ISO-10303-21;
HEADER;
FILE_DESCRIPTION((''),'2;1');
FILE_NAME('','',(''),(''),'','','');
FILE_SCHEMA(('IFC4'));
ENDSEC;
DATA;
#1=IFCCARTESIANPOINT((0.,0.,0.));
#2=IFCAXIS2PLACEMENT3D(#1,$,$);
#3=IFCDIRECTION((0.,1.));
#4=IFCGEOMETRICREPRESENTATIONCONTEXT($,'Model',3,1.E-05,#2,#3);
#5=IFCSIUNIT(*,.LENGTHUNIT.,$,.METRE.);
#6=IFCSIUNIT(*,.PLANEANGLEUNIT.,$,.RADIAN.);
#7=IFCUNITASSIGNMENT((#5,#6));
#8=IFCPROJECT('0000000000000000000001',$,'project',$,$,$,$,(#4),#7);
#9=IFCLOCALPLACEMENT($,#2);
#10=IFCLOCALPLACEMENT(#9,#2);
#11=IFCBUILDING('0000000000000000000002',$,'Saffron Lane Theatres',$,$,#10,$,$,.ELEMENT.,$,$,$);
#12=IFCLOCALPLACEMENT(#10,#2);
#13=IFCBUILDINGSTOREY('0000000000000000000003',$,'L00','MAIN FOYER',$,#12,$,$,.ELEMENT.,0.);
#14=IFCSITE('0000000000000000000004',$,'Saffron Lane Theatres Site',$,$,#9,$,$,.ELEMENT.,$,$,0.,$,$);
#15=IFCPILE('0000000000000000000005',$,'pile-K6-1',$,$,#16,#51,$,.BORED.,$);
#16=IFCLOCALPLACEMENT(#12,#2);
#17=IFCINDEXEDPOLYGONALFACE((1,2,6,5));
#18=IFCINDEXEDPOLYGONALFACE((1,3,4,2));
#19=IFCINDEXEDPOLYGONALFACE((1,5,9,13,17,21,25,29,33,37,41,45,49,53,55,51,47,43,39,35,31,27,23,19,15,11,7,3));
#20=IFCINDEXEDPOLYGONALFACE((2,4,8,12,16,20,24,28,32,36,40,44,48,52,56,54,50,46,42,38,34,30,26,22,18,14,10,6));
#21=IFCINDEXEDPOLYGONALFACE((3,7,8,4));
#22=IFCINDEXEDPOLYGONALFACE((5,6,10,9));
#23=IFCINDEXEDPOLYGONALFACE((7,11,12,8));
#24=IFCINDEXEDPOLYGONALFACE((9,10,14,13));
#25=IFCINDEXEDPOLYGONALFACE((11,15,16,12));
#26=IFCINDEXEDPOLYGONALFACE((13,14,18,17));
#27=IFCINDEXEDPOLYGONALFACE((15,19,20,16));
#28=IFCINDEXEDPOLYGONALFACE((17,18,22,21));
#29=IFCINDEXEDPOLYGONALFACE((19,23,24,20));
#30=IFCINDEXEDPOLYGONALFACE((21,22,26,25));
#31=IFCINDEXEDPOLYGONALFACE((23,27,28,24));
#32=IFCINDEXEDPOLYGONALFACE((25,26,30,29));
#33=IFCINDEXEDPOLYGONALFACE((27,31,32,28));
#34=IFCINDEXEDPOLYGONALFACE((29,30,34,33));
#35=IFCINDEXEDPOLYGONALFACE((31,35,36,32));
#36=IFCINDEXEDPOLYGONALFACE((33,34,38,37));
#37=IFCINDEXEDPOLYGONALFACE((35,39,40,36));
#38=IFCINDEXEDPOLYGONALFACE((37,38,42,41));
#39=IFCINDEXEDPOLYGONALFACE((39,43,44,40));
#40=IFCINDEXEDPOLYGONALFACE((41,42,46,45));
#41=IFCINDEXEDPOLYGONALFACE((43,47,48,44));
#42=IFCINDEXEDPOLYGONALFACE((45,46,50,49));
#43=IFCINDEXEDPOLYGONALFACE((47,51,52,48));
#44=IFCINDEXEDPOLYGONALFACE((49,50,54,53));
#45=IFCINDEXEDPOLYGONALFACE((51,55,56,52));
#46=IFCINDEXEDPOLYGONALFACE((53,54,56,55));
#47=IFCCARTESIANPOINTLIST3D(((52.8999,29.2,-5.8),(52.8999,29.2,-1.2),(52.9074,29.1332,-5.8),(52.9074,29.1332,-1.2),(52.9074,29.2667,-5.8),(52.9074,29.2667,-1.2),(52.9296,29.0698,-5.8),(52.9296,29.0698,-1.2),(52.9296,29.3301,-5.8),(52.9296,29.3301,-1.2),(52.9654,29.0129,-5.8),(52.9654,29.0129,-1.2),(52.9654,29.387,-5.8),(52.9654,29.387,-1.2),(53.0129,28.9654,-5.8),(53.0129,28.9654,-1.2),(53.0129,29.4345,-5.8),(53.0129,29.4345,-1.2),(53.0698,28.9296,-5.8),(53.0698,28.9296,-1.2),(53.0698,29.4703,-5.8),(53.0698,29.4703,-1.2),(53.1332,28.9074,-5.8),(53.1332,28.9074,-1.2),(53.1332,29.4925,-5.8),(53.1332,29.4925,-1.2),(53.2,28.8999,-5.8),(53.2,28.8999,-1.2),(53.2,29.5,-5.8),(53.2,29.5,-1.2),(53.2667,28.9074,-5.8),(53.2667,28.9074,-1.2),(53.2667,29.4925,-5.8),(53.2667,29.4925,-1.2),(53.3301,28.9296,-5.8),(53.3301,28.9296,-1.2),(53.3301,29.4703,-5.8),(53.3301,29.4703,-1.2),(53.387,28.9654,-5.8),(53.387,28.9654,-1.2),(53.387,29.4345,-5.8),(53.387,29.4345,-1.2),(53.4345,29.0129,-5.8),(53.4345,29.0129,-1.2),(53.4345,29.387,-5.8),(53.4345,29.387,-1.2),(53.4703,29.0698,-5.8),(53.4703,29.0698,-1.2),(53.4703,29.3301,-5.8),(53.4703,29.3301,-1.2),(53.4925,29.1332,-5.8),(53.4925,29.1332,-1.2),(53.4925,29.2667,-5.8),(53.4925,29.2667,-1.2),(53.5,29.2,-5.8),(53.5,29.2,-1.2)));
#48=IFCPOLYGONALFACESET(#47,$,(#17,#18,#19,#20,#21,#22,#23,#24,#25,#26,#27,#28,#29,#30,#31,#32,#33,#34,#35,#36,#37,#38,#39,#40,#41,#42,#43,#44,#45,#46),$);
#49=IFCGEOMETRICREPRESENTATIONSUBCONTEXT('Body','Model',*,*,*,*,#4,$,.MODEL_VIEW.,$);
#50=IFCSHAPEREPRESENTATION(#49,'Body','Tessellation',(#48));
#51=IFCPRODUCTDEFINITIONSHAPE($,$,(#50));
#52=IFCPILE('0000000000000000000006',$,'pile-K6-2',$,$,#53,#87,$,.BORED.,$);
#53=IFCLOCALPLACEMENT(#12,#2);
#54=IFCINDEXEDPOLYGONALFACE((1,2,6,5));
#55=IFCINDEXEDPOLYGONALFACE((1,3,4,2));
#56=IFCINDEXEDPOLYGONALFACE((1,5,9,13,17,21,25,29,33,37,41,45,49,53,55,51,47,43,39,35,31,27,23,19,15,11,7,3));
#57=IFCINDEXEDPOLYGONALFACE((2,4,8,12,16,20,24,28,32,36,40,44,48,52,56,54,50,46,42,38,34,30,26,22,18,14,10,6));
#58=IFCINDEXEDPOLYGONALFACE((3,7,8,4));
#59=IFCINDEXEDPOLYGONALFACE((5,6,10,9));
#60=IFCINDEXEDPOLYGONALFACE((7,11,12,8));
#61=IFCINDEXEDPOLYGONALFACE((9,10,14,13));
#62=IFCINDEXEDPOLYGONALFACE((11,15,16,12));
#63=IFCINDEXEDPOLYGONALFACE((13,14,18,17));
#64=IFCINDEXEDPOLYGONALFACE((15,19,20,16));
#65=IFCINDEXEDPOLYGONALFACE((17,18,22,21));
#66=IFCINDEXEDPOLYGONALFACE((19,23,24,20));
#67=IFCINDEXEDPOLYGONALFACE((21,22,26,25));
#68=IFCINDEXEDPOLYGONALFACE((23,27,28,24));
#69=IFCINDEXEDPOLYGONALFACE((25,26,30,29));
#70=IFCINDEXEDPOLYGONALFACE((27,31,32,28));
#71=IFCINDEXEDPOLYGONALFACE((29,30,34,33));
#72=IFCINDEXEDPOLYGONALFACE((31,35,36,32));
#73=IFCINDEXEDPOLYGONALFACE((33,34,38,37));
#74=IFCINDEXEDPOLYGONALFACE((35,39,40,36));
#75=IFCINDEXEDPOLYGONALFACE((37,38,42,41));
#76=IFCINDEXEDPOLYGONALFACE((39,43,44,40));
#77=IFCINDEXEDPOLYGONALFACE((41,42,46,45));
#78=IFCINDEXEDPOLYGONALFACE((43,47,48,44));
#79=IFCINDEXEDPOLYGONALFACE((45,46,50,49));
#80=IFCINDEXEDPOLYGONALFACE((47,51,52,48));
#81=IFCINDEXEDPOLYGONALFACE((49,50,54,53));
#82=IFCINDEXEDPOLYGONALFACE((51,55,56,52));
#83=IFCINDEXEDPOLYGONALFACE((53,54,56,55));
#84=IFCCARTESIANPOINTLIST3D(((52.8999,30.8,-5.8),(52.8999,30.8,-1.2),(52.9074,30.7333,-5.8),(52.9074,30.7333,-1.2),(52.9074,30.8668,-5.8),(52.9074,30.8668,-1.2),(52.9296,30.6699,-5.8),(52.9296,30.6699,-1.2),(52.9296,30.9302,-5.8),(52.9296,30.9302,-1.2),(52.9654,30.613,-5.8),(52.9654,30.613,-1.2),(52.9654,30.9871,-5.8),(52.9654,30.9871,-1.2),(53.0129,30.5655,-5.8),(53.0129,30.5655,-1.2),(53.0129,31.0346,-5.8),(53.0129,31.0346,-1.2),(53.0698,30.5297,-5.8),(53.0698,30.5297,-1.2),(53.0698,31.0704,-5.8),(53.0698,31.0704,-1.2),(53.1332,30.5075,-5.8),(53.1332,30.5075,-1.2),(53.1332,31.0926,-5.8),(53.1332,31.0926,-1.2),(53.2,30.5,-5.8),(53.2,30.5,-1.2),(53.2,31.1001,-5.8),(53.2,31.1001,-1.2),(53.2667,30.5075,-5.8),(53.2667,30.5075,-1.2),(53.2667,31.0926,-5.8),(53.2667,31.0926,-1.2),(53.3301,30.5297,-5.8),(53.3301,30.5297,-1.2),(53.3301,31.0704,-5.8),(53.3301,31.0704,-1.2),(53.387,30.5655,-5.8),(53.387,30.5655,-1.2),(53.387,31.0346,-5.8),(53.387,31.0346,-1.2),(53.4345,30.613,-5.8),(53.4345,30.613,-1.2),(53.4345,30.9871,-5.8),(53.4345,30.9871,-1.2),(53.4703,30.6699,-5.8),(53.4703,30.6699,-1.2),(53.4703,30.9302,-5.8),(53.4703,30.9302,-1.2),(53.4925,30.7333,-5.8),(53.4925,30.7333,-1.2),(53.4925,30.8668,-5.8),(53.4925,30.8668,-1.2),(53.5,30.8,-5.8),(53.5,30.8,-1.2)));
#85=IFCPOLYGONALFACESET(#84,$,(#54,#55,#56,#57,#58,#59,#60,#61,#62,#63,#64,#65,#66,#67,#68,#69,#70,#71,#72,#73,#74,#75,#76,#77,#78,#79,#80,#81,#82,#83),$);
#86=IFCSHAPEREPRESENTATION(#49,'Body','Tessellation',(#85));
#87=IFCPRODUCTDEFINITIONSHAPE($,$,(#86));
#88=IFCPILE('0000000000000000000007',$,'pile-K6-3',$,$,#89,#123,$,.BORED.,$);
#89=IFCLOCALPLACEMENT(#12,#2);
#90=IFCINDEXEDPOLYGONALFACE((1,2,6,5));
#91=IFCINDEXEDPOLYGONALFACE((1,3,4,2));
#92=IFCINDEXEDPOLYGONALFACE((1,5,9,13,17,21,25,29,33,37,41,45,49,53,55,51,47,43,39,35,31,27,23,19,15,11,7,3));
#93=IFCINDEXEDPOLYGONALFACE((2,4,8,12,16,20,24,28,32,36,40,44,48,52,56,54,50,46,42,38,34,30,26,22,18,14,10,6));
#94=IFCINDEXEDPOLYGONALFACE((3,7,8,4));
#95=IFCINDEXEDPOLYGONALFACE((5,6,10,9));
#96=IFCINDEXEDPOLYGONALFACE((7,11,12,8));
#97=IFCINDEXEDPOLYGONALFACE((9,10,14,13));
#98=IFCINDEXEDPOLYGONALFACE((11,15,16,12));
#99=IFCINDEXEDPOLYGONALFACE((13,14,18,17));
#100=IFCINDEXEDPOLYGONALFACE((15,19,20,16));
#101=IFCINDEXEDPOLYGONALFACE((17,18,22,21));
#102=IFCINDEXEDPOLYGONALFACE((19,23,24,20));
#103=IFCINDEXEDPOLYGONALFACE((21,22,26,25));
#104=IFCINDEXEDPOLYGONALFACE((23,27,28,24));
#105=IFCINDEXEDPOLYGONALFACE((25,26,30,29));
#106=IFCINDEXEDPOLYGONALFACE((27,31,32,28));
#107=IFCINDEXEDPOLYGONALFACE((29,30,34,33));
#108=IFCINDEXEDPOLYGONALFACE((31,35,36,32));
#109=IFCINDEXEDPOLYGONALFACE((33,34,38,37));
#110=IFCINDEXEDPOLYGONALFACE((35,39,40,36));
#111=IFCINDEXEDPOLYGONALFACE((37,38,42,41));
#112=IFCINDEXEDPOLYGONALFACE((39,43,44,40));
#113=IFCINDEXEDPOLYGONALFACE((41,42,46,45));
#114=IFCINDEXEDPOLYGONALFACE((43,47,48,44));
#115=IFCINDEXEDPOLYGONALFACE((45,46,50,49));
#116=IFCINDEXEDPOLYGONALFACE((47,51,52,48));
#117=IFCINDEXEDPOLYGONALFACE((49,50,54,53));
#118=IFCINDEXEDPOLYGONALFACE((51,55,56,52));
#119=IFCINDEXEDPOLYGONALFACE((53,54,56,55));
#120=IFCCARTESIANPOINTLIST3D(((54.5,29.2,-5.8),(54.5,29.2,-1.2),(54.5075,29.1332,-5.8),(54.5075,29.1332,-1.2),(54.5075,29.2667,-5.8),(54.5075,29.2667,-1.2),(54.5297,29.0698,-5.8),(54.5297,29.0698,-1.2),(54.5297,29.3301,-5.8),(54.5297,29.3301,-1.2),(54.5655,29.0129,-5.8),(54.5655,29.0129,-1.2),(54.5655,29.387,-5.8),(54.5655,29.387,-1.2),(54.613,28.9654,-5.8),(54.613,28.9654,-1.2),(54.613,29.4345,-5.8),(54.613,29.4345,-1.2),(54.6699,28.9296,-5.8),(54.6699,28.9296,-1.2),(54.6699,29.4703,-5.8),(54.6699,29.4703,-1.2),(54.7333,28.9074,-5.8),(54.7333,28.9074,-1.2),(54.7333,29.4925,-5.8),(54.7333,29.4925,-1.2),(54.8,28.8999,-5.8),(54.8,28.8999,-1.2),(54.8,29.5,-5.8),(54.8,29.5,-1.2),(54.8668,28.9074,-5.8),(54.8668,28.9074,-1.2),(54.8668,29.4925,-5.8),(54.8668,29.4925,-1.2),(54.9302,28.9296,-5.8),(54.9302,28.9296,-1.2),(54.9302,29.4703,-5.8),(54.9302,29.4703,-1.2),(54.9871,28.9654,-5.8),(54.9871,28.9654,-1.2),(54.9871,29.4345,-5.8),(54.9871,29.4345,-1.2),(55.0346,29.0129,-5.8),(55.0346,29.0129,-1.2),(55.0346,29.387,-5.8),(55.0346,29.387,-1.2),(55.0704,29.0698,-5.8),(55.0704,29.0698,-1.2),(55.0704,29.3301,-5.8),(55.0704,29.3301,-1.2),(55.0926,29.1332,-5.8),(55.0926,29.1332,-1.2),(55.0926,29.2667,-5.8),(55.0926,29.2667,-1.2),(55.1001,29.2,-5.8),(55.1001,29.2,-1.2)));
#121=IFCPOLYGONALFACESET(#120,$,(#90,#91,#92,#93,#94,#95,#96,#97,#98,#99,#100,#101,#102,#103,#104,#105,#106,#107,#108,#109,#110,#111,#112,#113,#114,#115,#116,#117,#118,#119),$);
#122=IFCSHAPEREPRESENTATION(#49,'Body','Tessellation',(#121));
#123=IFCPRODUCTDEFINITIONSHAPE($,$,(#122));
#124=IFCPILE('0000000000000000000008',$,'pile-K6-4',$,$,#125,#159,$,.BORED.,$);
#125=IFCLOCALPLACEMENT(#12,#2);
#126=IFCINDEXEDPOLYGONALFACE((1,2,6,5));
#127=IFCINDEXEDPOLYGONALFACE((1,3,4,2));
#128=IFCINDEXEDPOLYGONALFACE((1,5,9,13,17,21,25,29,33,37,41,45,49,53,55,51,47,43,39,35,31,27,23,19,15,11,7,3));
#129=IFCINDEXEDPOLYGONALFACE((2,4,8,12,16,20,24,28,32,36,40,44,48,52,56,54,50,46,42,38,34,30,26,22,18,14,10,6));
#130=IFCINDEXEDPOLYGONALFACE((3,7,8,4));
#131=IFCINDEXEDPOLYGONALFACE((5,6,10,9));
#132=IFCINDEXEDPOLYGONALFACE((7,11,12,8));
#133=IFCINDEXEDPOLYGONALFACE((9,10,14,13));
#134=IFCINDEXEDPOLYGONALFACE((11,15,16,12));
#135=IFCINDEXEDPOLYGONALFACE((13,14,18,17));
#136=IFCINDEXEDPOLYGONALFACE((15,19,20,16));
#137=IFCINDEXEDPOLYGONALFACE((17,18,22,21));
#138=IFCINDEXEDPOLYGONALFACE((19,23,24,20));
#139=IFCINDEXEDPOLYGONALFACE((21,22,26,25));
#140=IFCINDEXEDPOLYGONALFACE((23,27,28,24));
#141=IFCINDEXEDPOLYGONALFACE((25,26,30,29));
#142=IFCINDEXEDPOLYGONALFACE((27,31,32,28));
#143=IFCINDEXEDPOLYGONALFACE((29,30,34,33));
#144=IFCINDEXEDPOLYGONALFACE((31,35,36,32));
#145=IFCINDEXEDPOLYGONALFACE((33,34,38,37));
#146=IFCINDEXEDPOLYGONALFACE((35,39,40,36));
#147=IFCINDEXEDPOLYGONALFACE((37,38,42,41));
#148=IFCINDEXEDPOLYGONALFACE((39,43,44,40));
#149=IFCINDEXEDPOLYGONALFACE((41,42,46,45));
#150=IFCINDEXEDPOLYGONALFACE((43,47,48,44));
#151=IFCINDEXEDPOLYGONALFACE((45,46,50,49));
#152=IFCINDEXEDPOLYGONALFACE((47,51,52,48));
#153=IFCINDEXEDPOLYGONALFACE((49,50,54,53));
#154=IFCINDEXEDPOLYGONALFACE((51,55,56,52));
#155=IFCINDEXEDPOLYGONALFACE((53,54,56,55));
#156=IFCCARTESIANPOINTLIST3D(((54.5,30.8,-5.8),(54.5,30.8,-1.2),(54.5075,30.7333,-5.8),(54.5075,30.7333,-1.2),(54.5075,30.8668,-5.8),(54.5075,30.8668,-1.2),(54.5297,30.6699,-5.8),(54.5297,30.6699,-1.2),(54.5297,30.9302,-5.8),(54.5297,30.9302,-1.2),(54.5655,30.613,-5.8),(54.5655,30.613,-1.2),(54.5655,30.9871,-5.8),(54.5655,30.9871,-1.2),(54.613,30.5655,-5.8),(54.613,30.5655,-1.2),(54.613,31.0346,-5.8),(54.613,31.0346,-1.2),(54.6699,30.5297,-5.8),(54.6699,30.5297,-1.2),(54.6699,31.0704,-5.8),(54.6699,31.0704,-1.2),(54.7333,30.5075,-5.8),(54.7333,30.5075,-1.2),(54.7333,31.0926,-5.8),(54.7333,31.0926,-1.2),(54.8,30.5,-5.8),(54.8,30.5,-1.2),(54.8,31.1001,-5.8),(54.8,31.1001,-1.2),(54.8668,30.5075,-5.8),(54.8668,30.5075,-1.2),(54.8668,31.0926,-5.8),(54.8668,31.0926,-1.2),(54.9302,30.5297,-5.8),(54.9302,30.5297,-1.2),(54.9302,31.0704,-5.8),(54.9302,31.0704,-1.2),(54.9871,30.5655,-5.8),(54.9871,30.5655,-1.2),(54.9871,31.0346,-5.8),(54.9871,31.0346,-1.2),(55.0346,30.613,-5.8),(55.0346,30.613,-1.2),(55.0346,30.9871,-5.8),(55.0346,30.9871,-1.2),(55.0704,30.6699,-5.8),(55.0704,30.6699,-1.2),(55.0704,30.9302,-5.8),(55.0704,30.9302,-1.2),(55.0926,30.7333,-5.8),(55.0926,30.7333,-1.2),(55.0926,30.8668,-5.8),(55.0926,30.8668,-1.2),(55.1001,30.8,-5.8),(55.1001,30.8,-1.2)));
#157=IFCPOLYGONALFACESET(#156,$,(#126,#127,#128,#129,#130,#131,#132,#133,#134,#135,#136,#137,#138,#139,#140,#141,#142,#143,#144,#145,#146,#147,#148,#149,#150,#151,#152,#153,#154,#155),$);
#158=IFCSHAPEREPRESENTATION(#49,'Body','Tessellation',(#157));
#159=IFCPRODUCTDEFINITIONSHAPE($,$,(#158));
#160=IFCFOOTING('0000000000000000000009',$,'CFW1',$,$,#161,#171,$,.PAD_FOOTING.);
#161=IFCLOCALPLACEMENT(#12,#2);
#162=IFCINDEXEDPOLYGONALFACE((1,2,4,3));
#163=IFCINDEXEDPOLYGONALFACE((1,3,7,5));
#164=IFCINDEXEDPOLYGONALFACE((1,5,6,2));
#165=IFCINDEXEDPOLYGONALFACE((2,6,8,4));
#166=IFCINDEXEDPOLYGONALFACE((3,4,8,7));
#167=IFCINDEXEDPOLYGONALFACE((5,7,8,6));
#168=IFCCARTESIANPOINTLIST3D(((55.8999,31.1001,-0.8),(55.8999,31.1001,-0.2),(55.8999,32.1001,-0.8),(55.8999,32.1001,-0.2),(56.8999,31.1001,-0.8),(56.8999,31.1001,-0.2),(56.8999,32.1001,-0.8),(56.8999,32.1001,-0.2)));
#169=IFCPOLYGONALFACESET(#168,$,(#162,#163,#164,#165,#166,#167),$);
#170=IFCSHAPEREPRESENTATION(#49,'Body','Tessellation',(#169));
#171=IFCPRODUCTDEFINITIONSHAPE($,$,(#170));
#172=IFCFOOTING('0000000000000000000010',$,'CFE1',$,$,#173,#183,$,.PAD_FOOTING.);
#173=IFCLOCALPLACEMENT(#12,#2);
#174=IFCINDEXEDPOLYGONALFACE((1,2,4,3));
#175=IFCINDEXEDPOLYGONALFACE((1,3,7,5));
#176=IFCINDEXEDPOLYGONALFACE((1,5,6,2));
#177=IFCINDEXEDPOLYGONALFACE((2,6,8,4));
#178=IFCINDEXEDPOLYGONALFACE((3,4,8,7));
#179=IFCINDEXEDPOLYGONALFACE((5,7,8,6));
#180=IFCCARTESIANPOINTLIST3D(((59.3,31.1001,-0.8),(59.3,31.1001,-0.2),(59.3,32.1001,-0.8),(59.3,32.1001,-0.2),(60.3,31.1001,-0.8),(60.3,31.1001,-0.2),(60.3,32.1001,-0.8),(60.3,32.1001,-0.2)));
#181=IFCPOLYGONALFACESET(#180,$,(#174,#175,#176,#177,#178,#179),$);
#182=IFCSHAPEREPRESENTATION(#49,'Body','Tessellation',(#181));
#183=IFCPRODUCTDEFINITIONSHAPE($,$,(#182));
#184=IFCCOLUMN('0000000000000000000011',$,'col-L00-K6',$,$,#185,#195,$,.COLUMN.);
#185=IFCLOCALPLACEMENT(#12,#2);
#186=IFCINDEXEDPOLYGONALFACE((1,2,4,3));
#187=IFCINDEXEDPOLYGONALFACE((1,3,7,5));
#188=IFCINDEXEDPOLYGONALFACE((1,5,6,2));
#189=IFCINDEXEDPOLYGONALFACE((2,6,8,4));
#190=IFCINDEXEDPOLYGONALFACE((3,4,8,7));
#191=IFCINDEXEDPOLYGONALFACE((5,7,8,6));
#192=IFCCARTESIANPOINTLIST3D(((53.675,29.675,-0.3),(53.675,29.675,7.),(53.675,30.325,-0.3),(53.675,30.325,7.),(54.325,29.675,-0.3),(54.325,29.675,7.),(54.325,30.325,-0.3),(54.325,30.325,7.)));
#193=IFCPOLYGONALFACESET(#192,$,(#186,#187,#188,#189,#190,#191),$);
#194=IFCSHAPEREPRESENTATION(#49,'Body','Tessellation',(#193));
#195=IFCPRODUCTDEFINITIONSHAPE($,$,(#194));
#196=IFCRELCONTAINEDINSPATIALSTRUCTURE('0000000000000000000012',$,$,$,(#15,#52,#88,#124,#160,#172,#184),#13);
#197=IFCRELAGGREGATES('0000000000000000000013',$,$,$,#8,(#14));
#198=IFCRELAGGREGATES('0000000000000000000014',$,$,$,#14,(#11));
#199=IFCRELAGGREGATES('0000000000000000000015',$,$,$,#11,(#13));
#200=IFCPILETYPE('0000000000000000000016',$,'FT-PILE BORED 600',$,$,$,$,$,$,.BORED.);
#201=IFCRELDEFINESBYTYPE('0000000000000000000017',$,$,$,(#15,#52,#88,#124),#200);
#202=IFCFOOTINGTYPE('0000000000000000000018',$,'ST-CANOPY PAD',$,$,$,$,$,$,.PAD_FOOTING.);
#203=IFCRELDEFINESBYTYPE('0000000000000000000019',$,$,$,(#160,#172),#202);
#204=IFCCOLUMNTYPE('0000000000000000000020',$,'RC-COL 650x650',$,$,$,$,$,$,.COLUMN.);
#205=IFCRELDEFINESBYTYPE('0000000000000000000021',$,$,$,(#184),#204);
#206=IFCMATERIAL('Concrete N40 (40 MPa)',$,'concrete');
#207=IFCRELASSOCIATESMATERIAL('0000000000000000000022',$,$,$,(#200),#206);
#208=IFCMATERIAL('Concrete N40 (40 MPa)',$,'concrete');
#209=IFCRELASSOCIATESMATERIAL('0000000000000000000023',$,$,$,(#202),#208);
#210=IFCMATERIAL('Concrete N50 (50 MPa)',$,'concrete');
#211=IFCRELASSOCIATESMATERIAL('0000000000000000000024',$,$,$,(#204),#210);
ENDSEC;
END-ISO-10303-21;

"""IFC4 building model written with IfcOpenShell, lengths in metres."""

from ifc_helpers import new_model, si_unit, direction, frame, origin, origin_2d, place, context, subcontext, project, spatial, rectangle, circle, extrude, material, material_profile, profile_set, type_object, element, save


model = new_model("IFC4")

# Units and contexts
model_context = context("Model", 3, precision=1e-05, world=origin(), true_north=direction((0.0, 1.0)))
body_context = subcontext(model_context, "Body", "Model", "MODEL_VIEW")
ifc_project = project(units=[si_unit("LENGTHUNIT", "METRE"), si_unit("PLANEANGLEUNIT", "RADIAN")], contexts=[model_context])

# Site, building, storey
site_placement = place(None, origin())
site = spatial("IfcSite", under=ifc_project, at=site_placement, Name="Saffron Lane Theatres Site", CompositionType="ELEMENT", RefElevation=0.0)
building_placement = place(site_placement, origin())
building = spatial("IfcBuilding", under=site, at=building_placement, Name="Saffron Lane Theatres", CompositionType="ELEMENT")
storey_placement = place(building_placement, origin())
storey = spatial("IfcBuildingStorey", under=building, at=storey_placement, Name="L00", Description="MAIN FOYER", CompositionType="ELEMENT", Elevation=0.0)

# Piles
ifc_material_1 = material(Name="Concrete N40 (40 MPa)", Category="concrete")
ifc_material_profile_1 = material_profile(ifc_material_1, circle(Radius=0.3, at=origin_2d()))
ifc_profile_set_1 = profile_set([ifc_material_profile_1], Name="Concrete N40 (40 MPa)")
pile_type = type_object("IfcPileType", Name="FT-PILE BORED 600", PredefinedType="BORED", material=ifc_profile_set_1)
for number, where, z_axis, x_axis, name in (
    (1, (53.2, 29.2, -1.2), (0.0, 0.0, -1.0), (1.0, 0.0, 0.0), "pile-K6-1"),
    (2, (53.2, 30.8, -1.2), (0.0, 0.0, -1.0), (1.0, 0.0, 0.0), "pile-K6-2"),
    (3, (54.8, 29.2, -1.2), (0.0, 0.0, -1.0), (1.0, 0.0, 0.0), "pile-K6-3"),
    (4, (54.8, 30.8, -1.2), (0.0, 0.0, -1.0), (1.0, 0.0, 0.0), "pile-K6-4"),
):
    element("IfcPile", number, at=place(storey_placement, frame(where, z_axis=z_axis, x_axis=x_axis)), inside=storey, type_object=pile_type, Name=name, PredefinedType="BORED", context=body_context, shape_type="SweptSolid", body=[
        extrude(circle(Radius=0.3, at=origin_2d()), origin(), (0.0, 0.0, 1.0), 4.6001),
    ])

# Footings
ifc_material_2 = material(Name="Concrete N40 (40 MPa)", Category="concrete")
footing_type = type_object("IfcFootingType", Name="ST-CANOPY PAD", PredefinedType="PAD_FOOTING", material=ifc_material_2)
for number, where, z_axis, x_axis, name in (
    (5, (56.3999, 31.6001, -0.8), (0.0, 0.0, 1.0), (1.0, 0.0, 0.0), "CFW1"),
    (6, (59.8, 31.6001, -0.8), (0.0, 0.0, 1.0), (1.0, 0.0, 0.0), "CFE1"),
):
    element("IfcFooting", number, at=place(storey_placement, frame(where, z_axis=z_axis, x_axis=x_axis)), inside=storey, type_object=footing_type, Name=name, PredefinedType="PAD_FOOTING", context=body_context, shape_type="SweptSolid", body=[
        extrude(rectangle(XDim=1.0, YDim=1.0, at=origin_2d()), origin(), (0.0, 0.0, 1.0), 0.6001),
    ])

# Column
ifc_material_3 = material(Name="Concrete N50 (50 MPa)", Category="concrete")
ifc_material_profile_2 = material_profile(ifc_material_3, rectangle(XDim=0.6499, YDim=0.6499, at=origin_2d()))
ifc_profile_set_2 = profile_set([ifc_material_profile_2], Name="Concrete N50 (50 MPa)")
column_type_1 = type_object("IfcColumnType", Name="RC-COL 650x650", PredefinedType="COLUMN", material=ifc_profile_set_2)
column_placement = place(storey_placement, frame((54.0, 30.0, -0.3), z_axis=(0.0, 0.0, 1.0), x_axis=(1.0, 0.0, 0.0)))
element("IfcColumn", 7, at=column_placement, inside=storey, type_object=column_type_1, Name="col-L00-K6", PredefinedType="COLUMN", context=body_context, shape_type="SweptSolid", body=[
    extrude(rectangle(XDim=0.6499, YDim=0.6499, at=origin_2d()), origin(), (0.0, 0.0, 1.0), 7.3),
])

save(model, "model.ifc")
